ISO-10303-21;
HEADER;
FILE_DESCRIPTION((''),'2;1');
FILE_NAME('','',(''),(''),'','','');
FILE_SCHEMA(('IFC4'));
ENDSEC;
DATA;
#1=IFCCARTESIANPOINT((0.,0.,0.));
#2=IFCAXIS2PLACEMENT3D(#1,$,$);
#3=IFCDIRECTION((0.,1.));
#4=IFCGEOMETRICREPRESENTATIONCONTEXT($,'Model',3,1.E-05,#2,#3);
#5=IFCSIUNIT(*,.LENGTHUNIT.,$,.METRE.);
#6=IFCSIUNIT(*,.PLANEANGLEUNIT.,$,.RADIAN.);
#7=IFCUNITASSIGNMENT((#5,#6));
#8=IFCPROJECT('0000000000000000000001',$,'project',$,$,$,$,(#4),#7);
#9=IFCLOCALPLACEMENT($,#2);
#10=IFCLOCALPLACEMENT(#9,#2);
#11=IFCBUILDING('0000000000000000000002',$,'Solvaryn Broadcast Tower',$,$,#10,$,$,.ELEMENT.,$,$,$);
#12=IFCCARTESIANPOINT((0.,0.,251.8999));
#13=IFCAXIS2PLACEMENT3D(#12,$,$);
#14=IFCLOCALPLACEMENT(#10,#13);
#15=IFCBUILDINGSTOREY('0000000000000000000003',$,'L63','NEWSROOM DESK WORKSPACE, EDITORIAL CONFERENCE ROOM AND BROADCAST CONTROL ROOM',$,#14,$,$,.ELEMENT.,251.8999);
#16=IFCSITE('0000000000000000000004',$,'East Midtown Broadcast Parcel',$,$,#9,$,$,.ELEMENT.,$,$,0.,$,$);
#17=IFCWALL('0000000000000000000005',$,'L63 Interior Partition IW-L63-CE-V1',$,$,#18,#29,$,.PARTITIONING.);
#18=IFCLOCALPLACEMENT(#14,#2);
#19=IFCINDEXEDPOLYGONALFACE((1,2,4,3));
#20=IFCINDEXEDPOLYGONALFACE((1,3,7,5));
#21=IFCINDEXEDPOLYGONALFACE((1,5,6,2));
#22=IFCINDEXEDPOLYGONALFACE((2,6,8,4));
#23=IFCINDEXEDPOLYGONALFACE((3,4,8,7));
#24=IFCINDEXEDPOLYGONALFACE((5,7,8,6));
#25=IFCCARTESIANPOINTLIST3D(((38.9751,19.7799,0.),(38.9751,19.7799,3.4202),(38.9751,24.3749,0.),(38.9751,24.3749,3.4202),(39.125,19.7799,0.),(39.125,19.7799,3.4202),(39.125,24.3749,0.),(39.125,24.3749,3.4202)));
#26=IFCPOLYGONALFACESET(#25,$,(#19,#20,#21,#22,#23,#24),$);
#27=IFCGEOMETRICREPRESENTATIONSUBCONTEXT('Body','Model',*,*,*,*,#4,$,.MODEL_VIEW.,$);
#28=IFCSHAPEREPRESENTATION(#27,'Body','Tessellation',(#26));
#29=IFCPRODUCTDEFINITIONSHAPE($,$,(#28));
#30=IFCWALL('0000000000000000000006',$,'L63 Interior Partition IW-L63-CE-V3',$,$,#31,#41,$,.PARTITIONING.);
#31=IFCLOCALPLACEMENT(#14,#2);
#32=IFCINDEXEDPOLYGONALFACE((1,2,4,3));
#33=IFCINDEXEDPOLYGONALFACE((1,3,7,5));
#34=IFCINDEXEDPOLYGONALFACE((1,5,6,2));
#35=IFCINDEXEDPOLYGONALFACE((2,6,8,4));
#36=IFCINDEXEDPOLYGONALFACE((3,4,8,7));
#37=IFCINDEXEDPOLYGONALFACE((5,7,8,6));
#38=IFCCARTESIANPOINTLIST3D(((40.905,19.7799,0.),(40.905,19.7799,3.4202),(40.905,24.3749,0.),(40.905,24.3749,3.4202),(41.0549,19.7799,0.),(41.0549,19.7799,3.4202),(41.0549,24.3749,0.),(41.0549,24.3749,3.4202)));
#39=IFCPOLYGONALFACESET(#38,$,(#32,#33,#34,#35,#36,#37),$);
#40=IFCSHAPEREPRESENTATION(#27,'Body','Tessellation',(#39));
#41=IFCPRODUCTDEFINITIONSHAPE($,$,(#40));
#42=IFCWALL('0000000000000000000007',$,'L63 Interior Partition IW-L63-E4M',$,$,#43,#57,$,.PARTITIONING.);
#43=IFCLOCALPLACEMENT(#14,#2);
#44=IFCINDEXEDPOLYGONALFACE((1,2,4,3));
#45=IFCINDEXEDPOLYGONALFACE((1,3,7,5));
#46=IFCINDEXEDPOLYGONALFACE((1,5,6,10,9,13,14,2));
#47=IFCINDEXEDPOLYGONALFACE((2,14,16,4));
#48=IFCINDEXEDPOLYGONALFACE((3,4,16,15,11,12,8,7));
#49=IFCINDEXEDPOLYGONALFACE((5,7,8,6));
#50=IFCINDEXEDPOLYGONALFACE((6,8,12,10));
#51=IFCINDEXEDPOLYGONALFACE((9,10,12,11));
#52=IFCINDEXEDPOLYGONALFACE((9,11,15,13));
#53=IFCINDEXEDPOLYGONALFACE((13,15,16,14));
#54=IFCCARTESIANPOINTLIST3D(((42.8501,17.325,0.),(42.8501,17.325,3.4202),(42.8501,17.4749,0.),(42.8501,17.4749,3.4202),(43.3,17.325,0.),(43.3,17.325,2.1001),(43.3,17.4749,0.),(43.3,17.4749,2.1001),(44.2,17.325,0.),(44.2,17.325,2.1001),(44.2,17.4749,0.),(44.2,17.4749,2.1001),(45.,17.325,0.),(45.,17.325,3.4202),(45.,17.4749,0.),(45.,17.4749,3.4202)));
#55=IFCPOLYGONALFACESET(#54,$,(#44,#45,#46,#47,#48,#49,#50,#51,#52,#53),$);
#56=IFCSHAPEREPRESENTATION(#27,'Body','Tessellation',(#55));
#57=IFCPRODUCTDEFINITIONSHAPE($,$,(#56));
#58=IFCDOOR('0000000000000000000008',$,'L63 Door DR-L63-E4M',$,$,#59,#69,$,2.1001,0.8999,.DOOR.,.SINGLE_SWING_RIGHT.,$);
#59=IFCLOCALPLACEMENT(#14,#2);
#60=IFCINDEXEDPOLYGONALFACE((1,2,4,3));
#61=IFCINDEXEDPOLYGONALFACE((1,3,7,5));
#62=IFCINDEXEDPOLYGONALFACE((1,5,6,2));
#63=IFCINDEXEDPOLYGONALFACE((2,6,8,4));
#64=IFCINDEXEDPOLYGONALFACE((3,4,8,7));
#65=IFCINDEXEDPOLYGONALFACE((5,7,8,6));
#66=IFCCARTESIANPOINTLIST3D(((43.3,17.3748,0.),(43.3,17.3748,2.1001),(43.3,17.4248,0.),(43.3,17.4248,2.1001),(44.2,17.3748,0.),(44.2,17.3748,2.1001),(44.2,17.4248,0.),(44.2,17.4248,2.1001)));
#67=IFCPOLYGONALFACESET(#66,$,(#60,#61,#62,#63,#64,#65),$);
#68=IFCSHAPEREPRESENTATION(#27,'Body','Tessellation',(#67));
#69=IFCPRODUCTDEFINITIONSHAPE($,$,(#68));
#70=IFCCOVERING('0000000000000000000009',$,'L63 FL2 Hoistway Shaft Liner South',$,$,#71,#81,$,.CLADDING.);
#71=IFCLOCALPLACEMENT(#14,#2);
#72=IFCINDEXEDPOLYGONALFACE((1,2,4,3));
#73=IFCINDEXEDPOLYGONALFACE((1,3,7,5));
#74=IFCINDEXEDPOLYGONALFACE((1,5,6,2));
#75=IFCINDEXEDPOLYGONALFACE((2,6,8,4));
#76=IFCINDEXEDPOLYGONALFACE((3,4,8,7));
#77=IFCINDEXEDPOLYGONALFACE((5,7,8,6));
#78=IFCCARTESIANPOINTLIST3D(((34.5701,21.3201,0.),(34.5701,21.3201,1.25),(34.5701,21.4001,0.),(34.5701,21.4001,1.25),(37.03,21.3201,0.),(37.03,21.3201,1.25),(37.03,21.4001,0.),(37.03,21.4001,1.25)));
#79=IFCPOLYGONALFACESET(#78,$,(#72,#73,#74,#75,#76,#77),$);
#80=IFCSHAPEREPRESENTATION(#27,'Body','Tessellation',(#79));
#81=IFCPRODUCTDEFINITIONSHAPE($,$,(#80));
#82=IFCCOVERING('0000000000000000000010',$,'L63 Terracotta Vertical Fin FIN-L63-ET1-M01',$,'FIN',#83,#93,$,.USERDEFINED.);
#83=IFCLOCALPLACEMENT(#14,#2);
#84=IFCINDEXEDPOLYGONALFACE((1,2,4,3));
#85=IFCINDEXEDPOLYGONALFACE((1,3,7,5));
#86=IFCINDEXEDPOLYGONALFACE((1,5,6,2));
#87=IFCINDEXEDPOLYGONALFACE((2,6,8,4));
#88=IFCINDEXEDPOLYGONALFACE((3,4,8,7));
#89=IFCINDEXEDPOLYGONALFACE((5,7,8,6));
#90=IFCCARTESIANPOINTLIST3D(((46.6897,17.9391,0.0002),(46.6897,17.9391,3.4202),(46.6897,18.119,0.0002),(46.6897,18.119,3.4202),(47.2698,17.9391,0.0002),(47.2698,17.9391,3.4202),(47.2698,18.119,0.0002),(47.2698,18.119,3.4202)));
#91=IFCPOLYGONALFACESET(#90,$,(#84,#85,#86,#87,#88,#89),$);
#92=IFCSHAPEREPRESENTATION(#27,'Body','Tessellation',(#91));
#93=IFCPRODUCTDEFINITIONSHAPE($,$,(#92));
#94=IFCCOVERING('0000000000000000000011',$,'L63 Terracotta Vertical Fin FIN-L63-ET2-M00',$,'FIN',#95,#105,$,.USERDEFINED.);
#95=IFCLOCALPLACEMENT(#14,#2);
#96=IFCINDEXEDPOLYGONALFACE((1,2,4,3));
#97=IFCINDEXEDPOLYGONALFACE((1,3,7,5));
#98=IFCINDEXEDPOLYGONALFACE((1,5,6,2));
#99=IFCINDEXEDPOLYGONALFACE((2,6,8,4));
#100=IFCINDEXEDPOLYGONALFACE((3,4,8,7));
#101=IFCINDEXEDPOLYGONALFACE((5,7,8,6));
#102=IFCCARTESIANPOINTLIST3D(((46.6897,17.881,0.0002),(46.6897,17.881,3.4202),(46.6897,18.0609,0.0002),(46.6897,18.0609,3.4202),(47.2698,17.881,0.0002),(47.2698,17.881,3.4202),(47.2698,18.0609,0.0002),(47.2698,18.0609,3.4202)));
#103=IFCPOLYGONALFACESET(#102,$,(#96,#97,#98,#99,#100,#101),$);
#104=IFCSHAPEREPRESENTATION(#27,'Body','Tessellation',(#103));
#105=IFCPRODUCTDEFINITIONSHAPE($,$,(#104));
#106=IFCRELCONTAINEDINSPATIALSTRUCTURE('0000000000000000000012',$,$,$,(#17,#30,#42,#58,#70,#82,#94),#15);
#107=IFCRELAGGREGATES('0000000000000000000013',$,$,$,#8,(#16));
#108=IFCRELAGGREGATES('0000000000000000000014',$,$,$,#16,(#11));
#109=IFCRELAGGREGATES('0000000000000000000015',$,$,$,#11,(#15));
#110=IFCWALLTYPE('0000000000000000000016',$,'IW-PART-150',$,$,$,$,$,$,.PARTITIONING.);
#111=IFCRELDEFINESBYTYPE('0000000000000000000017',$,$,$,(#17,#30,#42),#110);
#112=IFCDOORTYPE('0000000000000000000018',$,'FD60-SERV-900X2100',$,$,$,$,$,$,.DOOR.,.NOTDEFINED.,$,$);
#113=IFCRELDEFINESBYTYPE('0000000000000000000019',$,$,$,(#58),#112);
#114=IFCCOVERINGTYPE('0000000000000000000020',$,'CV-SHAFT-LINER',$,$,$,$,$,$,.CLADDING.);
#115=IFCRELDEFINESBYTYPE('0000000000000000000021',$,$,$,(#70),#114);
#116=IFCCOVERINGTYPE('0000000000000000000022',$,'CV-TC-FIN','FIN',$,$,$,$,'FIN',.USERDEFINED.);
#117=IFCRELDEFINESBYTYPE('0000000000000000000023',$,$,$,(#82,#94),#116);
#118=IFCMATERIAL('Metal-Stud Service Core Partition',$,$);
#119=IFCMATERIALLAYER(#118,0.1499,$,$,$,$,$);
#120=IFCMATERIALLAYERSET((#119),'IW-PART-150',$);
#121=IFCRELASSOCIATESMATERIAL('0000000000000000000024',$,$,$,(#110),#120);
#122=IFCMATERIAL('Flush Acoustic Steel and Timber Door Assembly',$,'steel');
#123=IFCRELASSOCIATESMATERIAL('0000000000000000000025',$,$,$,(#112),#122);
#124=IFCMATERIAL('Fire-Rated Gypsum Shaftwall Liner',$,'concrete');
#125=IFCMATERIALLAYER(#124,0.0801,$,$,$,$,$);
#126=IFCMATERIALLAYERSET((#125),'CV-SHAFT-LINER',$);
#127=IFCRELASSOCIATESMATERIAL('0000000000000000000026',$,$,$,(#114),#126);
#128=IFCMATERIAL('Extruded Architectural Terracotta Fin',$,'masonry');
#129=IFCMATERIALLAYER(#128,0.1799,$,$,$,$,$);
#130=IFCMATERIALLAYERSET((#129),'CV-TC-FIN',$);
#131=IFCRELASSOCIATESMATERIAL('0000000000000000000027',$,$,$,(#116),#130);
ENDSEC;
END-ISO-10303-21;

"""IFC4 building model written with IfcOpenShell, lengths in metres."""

from ifc_helpers import new_model, si_unit, direction, frame, frame_2d, origin, origin_2d, place, context, subcontext, project, spatial, rectangle, extrude, material, layer, layer_set, type_object, element, fill, save


model = new_model("IFC4")

# Units and contexts
model_context = context("Model", 3, precision=1e-05, world=origin(), true_north=direction((0.0, 1.0)))
body_context = subcontext(model_context, "Body", "Model", "MODEL_VIEW")
ifc_project = project(units=[si_unit("LENGTHUNIT", "METRE"), si_unit("PLANEANGLEUNIT", "RADIAN")], contexts=[model_context])

# Site, building, storey
site_placement = place(None, origin())
site = spatial("IfcSite", under=ifc_project, at=site_placement, Name="East Midtown Broadcast Parcel", CompositionType="ELEMENT", RefElevation=0.0)
building_placement = place(site_placement, origin())
building = spatial("IfcBuilding", under=site, at=building_placement, Name="Solvaryn Broadcast Tower", CompositionType="ELEMENT")
storey_placement = place(building_placement, frame((0.0, 0.0, 251.8999)))
storey = spatial("IfcBuildingStorey", under=building, at=storey_placement, Name="L63", Description="NEWSROOM DESK WORKSPACE, EDITORIAL CONFERENCE ROOM AND BROADCAST CONTROL ROOM", CompositionType="ELEMENT", Elevation=251.8999)

# Walls
ifc_material_1 = material(Name="Metal-Stud Service Core Partition")
ifc_layer_1 = layer(ifc_material_1, 0.1499)
ifc_layer_set_1 = layer_set([ifc_layer_1], Name="IW-PART-150")
wall_type_1 = type_object("IfcWallType", Name="IW-PART-150", PredefinedType="PARTITIONING", material=ifc_layer_set_1)
for number, where, z_axis, x_axis, name in (
    (1, (39.05, 19.78, 0.0), (0.0, 0.0, 1.0), (0.0, 1.0, 0.0), "L63 Interior Partition IW-L63-CE-V1"),
    (2, (40.98, 19.78, 0.0), (0.0, 0.0, 1.0), (0.0, 1.0, 0.0), "L63 Interior Partition IW-L63-CE-V3"),
):
    element("IfcWall", number, at=place(storey_placement, frame(where, z_axis=z_axis, x_axis=x_axis)), inside=storey, type_object=wall_type_1, Name=name, PredefinedType="PARTITIONING", context=body_context, shape_type="SweptSolid", body=[
        extrude(rectangle(XDim=4.595, YDim=0.1499, at=frame_2d((2.2974, 0.0))), origin(), (0.0, 0.0, 1.0), 3.4202),
    ])

# Wall, opening, door
wall_1_placement = place(storey_placement, frame((42.8501, 17.3999, 0.0), z_axis=(0.0, 0.0, 1.0), x_axis=(1.0, 0.0, 0.0)))
wall_1 = element("IfcWall", 3, at=wall_1_placement, inside=storey, type_object=wall_type_1, Name="L63 Interior Partition IW-L63-E4M", PredefinedType="PARTITIONING", context=body_context, shape_type="SweptSolid", body=[
    extrude(rectangle(XDim=2.1499, YDim=0.1499, at=frame_2d((1.075, 0.0))), origin(), (0.0, 0.0, 1.0), 3.4202),
])
opening_1_placement = place(wall_1_placement, frame((0.45, 0.0, 0.0)))
opening_1 = element("IfcOpeningElement", 4, at=opening_1_placement, cuts=wall_1, PredefinedType="OPENING", context=body_context, shape_type="SweptSolid", body=[
    extrude(rectangle(XDim=0.8999, YDim=2.1001, at=frame_2d((0.45, 1.05))), frame((0.0, 0.085, 0.0), z_axis=(0.0, -1.0, 0.0), x_axis=(1.0, 0.0, 0.0)), (0.0, 0.0, 1.0), 0.1699),
])
ifc_material_2 = material(Name="Flush Acoustic Steel and Timber Door Assembly", Category="steel")
door_type_1 = type_object("IfcDoorType", Name="FD60-SERV-900X2100", OperationType="NOTDEFINED", PredefinedType="DOOR", material=ifc_material_2)
door_1_placement = place(opening_1_placement, origin())
door_1 = element("IfcDoor", 5, at=door_1_placement, inside=storey, type_object=door_type_1, Name="L63 Door DR-L63-E4M", OperationType="SINGLE_SWING_RIGHT", OverallHeight=2.1001, OverallWidth=0.8999, PredefinedType="DOOR", context=body_context, shape_type="SweptSolid", body=[
    extrude(rectangle(XDim=0.8999, YDim=2.1001, at=frame_2d((0.45, 1.05))), frame((0.0, 0.0249, 0.0), z_axis=(0.0, -1.0, 0.0), x_axis=(1.0, 0.0, 0.0)), (0.0, 0.0, 1.0), 0.05),
])
fill(opening_1, door_1)

# Coverings
ifc_material_3 = material(Name="Fire-Rated Gypsum Shaftwall Liner", Category="concrete")
ifc_layer_2 = layer(ifc_material_3, 0.0801)
ifc_layer_set_2 = layer_set([ifc_layer_2], Name="CV-SHAFT-LINER")
covering_type_1 = type_object("IfcCoveringType", Name="CV-SHAFT-LINER", PredefinedType="CLADDING", material=ifc_layer_set_2)
covering_placement = place(storey_placement, frame((35.8, 21.3601, 0.0), z_axis=(0.0, 0.0, 1.0), x_axis=(1.0, 0.0, 0.0)))
element("IfcCovering", 6, at=covering_placement, inside=storey, type_object=covering_type_1, Name="L63 FL2 Hoistway Shaft Liner South", PredefinedType="CLADDING", context=body_context, shape_type="SweptSolid", body=[
    extrude(rectangle(XDim=2.46, YDim=0.0801, at=origin_2d()), origin(), (0.0, 0.0, 1.0), 1.25),
])
ifc_material_4 = material(Name="Extruded Architectural Terracotta Fin", Category="masonry")
ifc_layer_3 = layer(ifc_material_4, 0.1799)
ifc_layer_set_3 = layer_set([ifc_layer_3], Name="CV-TC-FIN")
covering_type_2 = type_object("IfcCoveringType", Name="CV-TC-FIN", Description="FIN", ElementType="FIN", PredefinedType="USERDEFINED", material=ifc_layer_set_3)
for number, where, z_axis, x_axis, name in (
    (7, (46.9797, 18.0291, 0.0002), (0.0, 0.0, 1.0), (1.0, 0.0, 0.0), "L63 Terracotta Vertical Fin FIN-L63-ET1-M01"),
    (8, (46.9797, 17.9709, 0.0002), (0.0, 0.0, 1.0), (1.0, 0.0, 0.0), "L63 Terracotta Vertical Fin FIN-L63-ET2-M00"),
):
    element("IfcCovering", number, at=place(storey_placement, frame(where, z_axis=z_axis, x_axis=x_axis)), inside=storey, type_object=covering_type_2, Name=name, ObjectType="FIN", PredefinedType="USERDEFINED", context=body_context, shape_type="SweptSolid", body=[
        extrude(rectangle(XDim=0.5801, YDim=0.1799, at=origin_2d()), origin(), (0.0, 0.0, 1.0), 3.4199),
    ])

save(model, "model.ifc")
